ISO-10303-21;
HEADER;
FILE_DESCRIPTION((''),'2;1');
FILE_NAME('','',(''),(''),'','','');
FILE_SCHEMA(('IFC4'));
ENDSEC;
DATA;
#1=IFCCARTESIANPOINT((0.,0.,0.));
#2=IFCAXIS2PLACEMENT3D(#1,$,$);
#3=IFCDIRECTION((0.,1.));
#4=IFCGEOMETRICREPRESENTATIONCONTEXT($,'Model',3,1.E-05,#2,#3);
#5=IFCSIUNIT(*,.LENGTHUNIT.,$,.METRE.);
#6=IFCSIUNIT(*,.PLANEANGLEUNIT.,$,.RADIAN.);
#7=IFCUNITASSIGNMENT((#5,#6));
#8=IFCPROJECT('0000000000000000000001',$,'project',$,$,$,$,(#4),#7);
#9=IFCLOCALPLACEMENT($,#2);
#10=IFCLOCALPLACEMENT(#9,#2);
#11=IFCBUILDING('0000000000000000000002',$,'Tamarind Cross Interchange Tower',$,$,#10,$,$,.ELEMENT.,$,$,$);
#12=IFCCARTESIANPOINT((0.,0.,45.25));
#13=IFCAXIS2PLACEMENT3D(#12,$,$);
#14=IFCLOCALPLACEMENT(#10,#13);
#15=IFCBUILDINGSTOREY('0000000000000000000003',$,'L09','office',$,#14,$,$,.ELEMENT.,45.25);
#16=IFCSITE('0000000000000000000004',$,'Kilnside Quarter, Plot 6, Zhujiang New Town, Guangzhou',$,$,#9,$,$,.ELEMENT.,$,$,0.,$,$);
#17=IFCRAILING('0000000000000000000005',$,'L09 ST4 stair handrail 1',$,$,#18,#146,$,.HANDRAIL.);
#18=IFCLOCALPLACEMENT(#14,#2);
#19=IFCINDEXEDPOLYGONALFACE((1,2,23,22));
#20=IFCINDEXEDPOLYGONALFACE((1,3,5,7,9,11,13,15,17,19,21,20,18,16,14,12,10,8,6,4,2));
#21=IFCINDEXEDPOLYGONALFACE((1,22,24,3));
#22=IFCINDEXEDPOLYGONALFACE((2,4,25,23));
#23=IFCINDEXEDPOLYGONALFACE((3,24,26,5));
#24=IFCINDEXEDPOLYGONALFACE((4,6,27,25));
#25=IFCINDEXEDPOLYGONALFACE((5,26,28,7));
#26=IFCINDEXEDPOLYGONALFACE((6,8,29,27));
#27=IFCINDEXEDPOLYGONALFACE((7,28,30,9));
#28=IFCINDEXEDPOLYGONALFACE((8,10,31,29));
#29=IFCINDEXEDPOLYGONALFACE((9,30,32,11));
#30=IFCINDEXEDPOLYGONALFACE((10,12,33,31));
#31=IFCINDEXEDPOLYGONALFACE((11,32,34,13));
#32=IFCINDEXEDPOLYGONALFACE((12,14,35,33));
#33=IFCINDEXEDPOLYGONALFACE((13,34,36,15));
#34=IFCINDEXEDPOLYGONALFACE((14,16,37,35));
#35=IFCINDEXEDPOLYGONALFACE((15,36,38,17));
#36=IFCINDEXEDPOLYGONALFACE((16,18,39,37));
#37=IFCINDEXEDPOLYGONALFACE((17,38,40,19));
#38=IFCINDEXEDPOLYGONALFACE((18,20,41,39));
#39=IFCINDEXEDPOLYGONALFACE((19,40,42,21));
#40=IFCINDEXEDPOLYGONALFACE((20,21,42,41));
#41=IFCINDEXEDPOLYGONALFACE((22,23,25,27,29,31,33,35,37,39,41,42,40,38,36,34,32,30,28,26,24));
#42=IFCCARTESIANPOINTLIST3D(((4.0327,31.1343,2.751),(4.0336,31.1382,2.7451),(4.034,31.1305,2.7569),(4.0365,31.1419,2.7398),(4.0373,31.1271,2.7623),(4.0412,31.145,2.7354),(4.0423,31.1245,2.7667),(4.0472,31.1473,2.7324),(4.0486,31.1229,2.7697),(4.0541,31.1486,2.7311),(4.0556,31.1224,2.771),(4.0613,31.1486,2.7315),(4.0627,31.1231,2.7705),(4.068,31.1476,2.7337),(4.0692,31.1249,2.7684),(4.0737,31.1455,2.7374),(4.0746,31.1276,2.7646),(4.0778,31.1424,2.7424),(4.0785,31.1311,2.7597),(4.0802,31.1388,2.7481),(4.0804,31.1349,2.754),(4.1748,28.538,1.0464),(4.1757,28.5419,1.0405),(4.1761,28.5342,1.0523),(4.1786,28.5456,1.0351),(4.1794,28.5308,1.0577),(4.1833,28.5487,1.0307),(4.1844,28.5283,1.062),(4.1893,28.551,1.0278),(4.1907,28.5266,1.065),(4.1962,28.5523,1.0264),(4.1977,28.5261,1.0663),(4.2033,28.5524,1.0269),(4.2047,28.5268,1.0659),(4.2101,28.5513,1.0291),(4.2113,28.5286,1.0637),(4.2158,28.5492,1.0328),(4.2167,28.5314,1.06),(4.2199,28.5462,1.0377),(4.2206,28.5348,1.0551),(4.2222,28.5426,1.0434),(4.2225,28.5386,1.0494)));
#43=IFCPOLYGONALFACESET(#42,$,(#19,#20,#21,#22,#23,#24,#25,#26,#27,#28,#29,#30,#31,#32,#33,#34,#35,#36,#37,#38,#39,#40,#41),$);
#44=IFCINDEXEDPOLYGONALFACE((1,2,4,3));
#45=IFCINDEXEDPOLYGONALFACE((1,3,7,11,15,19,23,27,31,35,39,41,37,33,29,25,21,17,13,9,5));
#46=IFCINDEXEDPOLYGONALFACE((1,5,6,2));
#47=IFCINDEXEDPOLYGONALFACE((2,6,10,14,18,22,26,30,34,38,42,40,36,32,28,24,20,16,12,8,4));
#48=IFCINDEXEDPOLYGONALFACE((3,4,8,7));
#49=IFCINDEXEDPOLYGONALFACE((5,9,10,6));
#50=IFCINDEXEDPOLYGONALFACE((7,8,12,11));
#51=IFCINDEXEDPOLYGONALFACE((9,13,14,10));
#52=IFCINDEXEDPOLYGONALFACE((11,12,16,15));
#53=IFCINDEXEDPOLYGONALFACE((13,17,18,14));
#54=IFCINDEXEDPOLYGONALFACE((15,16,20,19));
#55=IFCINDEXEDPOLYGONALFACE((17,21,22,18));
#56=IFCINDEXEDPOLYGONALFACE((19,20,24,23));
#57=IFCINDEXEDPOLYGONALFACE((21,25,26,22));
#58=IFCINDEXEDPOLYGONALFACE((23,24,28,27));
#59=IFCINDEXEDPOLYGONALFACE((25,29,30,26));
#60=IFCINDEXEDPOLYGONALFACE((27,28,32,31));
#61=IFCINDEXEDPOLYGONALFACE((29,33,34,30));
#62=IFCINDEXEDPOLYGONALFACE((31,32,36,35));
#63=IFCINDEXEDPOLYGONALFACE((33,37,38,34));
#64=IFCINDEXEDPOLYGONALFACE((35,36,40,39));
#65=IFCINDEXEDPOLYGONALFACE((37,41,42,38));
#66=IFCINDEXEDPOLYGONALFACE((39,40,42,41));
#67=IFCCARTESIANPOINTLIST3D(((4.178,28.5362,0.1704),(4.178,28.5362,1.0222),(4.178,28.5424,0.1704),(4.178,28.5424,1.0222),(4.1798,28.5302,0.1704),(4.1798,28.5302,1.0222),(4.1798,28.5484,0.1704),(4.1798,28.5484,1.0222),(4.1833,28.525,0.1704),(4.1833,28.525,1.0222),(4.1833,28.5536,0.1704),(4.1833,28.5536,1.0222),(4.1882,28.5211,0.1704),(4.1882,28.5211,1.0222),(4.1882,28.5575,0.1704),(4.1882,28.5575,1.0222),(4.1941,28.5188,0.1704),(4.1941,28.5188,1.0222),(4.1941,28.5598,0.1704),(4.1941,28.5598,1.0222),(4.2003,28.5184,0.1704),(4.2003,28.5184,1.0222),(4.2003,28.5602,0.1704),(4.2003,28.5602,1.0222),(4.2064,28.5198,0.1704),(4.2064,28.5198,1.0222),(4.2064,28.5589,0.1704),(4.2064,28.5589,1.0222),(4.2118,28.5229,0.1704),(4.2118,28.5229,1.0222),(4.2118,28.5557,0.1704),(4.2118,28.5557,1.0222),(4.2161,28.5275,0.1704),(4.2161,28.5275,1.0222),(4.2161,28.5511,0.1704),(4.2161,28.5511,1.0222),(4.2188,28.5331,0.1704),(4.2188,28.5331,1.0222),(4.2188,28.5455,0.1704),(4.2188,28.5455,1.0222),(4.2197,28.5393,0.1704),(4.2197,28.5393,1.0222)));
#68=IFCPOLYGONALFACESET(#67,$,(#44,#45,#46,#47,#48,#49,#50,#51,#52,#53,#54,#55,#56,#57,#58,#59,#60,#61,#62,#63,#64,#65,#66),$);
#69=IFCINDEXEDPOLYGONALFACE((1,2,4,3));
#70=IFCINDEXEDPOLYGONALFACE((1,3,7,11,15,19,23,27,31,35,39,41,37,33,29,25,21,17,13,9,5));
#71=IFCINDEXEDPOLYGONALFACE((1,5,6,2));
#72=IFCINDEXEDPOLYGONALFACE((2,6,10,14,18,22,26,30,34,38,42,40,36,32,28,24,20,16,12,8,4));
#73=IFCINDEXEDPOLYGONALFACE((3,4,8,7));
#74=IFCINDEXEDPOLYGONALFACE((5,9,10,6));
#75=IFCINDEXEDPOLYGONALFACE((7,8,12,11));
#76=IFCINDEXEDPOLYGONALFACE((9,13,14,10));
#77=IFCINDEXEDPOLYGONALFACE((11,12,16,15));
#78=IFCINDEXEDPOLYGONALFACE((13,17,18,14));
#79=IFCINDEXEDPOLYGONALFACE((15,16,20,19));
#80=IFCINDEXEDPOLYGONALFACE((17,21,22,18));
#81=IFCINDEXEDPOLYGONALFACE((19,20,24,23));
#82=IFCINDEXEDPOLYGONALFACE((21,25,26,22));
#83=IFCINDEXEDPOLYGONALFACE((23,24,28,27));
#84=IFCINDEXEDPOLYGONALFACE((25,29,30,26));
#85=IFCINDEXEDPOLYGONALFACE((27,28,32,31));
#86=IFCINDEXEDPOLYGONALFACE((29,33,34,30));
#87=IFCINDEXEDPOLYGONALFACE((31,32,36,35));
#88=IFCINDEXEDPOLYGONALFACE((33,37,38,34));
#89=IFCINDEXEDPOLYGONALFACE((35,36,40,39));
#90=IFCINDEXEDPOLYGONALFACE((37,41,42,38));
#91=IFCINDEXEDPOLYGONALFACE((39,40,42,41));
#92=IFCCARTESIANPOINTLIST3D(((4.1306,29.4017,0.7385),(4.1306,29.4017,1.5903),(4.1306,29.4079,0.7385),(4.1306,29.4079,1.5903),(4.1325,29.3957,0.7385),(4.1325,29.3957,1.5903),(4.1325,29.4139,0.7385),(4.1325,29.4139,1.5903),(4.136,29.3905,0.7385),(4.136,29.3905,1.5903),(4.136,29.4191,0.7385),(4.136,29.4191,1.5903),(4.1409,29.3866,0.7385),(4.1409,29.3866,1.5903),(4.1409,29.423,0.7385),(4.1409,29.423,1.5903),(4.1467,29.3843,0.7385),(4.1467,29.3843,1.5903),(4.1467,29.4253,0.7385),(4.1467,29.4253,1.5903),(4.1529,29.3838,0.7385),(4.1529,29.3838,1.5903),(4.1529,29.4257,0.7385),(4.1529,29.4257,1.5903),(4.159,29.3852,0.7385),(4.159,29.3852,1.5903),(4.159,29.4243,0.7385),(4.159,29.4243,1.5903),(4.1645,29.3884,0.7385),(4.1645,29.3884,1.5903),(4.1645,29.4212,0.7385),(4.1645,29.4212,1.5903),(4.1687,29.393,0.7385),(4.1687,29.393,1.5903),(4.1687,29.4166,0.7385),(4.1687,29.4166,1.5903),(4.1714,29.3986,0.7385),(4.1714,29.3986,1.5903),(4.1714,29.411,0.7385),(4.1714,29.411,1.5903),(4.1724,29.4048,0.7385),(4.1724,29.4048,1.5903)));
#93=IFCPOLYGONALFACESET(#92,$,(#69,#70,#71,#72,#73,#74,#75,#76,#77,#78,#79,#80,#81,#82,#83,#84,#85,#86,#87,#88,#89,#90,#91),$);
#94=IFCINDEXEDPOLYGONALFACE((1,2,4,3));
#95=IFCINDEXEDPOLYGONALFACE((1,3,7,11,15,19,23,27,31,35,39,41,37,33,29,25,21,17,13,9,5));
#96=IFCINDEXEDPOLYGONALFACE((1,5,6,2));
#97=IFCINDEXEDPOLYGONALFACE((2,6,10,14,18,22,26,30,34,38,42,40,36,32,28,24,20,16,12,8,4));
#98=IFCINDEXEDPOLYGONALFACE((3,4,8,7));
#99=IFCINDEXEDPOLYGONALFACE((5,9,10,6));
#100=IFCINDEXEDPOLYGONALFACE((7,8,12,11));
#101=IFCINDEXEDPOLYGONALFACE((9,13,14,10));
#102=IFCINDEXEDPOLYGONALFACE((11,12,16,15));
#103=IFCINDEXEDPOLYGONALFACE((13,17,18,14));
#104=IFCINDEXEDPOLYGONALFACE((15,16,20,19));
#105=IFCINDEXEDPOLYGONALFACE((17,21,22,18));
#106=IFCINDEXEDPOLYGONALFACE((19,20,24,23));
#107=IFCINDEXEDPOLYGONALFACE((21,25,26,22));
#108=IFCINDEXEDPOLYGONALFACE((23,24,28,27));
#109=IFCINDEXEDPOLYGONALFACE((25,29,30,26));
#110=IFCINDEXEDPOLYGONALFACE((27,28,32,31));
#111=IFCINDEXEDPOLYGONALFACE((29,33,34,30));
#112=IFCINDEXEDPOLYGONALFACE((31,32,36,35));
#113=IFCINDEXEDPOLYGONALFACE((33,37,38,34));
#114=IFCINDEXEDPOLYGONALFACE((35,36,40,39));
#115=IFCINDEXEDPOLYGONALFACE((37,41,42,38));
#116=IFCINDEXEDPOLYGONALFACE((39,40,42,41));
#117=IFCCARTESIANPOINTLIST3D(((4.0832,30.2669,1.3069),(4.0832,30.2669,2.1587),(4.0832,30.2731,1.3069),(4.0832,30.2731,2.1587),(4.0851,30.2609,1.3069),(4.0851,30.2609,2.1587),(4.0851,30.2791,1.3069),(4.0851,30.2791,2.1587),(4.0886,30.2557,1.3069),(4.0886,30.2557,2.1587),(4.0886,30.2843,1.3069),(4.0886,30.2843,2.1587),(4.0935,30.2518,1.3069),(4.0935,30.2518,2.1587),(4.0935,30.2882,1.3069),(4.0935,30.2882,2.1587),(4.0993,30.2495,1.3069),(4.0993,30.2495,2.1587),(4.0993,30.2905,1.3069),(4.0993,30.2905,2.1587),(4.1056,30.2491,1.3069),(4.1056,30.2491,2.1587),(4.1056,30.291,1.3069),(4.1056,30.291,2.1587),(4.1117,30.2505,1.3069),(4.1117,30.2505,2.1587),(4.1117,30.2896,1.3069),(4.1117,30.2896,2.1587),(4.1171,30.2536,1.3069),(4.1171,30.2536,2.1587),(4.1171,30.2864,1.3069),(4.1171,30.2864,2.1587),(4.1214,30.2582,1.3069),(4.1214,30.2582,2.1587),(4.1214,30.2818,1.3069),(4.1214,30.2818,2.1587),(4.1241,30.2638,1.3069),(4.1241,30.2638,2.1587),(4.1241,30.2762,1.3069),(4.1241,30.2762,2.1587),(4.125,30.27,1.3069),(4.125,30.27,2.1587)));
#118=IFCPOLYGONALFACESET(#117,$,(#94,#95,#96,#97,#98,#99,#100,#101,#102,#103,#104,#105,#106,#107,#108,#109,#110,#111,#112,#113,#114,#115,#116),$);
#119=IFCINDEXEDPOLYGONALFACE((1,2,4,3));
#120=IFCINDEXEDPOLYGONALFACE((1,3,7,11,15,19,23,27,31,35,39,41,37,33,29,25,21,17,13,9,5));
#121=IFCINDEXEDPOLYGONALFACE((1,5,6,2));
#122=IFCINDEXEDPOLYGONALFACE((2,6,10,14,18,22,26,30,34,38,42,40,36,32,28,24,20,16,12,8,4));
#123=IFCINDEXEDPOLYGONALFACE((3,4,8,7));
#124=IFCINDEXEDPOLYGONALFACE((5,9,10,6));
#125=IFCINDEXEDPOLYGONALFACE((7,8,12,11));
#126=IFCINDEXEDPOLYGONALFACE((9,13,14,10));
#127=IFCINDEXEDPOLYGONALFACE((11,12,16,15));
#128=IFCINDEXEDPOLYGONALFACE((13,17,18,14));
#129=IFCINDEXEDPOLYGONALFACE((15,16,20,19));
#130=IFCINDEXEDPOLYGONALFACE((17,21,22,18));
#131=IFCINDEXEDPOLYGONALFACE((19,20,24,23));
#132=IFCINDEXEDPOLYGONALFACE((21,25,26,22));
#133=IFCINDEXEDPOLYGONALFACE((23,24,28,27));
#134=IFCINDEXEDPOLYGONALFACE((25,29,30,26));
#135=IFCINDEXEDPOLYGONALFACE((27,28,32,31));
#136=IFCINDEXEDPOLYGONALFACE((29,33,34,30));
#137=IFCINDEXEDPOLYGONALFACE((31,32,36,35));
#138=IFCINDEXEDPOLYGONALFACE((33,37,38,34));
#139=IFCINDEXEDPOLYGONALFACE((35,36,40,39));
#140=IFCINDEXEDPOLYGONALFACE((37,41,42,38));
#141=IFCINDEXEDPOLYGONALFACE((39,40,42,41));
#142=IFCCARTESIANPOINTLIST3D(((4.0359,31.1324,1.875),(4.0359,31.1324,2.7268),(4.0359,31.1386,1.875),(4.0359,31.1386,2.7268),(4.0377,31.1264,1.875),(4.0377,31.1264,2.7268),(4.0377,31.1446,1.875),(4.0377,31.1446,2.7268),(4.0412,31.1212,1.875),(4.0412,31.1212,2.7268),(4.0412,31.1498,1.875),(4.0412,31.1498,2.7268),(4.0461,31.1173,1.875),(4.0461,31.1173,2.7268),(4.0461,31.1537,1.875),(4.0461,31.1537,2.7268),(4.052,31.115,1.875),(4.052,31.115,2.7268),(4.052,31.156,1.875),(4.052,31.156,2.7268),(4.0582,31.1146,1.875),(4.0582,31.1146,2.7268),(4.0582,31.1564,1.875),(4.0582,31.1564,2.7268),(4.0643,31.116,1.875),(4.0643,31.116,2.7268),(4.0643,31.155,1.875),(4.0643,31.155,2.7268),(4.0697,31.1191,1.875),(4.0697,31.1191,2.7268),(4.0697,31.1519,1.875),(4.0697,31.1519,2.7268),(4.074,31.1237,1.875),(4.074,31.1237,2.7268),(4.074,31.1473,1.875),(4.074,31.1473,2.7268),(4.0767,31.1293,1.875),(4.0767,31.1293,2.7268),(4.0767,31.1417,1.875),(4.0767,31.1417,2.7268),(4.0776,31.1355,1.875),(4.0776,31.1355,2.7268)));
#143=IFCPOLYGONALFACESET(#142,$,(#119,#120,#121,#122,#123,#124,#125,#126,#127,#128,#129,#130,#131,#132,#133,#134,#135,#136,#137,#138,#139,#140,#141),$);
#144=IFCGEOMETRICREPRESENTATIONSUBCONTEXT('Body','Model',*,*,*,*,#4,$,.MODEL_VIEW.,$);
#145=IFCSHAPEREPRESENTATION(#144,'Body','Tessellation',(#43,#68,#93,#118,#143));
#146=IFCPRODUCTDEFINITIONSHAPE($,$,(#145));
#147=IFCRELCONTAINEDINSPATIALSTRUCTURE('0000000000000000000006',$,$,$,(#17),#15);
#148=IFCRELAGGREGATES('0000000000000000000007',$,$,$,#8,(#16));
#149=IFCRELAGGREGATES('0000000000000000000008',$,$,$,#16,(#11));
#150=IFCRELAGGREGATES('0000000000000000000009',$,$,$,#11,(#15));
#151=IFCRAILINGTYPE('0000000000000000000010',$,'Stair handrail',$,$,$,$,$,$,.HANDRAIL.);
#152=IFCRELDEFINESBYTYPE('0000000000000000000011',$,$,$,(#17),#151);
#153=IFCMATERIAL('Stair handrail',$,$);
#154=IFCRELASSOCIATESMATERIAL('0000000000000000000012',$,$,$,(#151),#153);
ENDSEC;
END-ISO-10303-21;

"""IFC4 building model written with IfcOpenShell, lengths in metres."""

from ifc_helpers import new_model, si_unit, direction, frame, origin, origin_2d, place, context, subcontext, project, spatial, circle, extrude, material, type_object, element, save


model = new_model("IFC4")

# Units and contexts
model_context = context("Model", 3, precision=1e-05, world=origin(), true_north=direction((0.0, 1.0)))
body_context = subcontext(model_context, "Body", "Model", "MODEL_VIEW")
ifc_project = project(units=[si_unit("LENGTHUNIT", "METRE"), si_unit("PLANEANGLEUNIT", "RADIAN")], contexts=[model_context])

# Site, building, storey
site_placement = place(None, origin())
site = spatial("IfcSite", under=ifc_project, at=site_placement, Name="Kilnside Quarter, Plot 6, Zhujiang New Town, Guangzhou", CompositionType="ELEMENT", RefElevation=0.0)
building_placement = place(site_placement, origin())
building = spatial("IfcBuilding", under=site, at=building_placement, Name="Tamarind Cross Interchange Tower", CompositionType="ELEMENT")
storey_placement = place(building_placement, frame((0.0, 0.0, 45.25)))
storey = spatial("IfcBuildingStorey", under=building, at=storey_placement, Name="L09", Description="office", CompositionType="ELEMENT", Elevation=45.25)

# Railing
ifc_material_1 = material(Name="Stair handrail")
railing_type_1 = type_object("IfcRailingType", Name="Stair handrail", PredefinedType="HANDRAIL", material=ifc_material_1)
railing_1_placement = place(storey_placement, frame((4.1987, 28.5393, 0.1704)))
element("IfcRailing", 1, at=railing_1_placement, inside=storey, type_object=railing_type_1, Name="L09 ST4 stair handrail 1", PredefinedType="HANDRAIL", context=body_context, shape_type="SweptSolid", body=[
    extrude(circle(Radius=0.0239, at=origin_2d()), frame((0.0, 0.0, 0.876), z_axis=(-0.045702, 0.83505, 0.548272), x_axis=(-0.998506, -0.054648, 0.0)), (0.0, 0.0, 1.0), 3.1091),
    extrude(circle(Radius=0.021, at=origin_2d()), origin(), (0.0, 0.0, 1.0), 0.8518),
    extrude(circle(Radius=0.021, at=origin_2d()), frame((-0.0474, 0.8655, 0.5681)), (0.0, 0.0, 1.0), 0.8518),
    extrude(circle(Radius=0.021, at=origin_2d()), frame((-0.0947, 1.7307, 1.1365)), (0.0, 0.0, 1.0), 0.8518),
    extrude(circle(Radius=0.021, at=origin_2d()), frame((-0.1421, 2.5962, 1.7046)), (0.0, 0.0, 1.0), 0.8518),
])

save(model, "model.ifc")
